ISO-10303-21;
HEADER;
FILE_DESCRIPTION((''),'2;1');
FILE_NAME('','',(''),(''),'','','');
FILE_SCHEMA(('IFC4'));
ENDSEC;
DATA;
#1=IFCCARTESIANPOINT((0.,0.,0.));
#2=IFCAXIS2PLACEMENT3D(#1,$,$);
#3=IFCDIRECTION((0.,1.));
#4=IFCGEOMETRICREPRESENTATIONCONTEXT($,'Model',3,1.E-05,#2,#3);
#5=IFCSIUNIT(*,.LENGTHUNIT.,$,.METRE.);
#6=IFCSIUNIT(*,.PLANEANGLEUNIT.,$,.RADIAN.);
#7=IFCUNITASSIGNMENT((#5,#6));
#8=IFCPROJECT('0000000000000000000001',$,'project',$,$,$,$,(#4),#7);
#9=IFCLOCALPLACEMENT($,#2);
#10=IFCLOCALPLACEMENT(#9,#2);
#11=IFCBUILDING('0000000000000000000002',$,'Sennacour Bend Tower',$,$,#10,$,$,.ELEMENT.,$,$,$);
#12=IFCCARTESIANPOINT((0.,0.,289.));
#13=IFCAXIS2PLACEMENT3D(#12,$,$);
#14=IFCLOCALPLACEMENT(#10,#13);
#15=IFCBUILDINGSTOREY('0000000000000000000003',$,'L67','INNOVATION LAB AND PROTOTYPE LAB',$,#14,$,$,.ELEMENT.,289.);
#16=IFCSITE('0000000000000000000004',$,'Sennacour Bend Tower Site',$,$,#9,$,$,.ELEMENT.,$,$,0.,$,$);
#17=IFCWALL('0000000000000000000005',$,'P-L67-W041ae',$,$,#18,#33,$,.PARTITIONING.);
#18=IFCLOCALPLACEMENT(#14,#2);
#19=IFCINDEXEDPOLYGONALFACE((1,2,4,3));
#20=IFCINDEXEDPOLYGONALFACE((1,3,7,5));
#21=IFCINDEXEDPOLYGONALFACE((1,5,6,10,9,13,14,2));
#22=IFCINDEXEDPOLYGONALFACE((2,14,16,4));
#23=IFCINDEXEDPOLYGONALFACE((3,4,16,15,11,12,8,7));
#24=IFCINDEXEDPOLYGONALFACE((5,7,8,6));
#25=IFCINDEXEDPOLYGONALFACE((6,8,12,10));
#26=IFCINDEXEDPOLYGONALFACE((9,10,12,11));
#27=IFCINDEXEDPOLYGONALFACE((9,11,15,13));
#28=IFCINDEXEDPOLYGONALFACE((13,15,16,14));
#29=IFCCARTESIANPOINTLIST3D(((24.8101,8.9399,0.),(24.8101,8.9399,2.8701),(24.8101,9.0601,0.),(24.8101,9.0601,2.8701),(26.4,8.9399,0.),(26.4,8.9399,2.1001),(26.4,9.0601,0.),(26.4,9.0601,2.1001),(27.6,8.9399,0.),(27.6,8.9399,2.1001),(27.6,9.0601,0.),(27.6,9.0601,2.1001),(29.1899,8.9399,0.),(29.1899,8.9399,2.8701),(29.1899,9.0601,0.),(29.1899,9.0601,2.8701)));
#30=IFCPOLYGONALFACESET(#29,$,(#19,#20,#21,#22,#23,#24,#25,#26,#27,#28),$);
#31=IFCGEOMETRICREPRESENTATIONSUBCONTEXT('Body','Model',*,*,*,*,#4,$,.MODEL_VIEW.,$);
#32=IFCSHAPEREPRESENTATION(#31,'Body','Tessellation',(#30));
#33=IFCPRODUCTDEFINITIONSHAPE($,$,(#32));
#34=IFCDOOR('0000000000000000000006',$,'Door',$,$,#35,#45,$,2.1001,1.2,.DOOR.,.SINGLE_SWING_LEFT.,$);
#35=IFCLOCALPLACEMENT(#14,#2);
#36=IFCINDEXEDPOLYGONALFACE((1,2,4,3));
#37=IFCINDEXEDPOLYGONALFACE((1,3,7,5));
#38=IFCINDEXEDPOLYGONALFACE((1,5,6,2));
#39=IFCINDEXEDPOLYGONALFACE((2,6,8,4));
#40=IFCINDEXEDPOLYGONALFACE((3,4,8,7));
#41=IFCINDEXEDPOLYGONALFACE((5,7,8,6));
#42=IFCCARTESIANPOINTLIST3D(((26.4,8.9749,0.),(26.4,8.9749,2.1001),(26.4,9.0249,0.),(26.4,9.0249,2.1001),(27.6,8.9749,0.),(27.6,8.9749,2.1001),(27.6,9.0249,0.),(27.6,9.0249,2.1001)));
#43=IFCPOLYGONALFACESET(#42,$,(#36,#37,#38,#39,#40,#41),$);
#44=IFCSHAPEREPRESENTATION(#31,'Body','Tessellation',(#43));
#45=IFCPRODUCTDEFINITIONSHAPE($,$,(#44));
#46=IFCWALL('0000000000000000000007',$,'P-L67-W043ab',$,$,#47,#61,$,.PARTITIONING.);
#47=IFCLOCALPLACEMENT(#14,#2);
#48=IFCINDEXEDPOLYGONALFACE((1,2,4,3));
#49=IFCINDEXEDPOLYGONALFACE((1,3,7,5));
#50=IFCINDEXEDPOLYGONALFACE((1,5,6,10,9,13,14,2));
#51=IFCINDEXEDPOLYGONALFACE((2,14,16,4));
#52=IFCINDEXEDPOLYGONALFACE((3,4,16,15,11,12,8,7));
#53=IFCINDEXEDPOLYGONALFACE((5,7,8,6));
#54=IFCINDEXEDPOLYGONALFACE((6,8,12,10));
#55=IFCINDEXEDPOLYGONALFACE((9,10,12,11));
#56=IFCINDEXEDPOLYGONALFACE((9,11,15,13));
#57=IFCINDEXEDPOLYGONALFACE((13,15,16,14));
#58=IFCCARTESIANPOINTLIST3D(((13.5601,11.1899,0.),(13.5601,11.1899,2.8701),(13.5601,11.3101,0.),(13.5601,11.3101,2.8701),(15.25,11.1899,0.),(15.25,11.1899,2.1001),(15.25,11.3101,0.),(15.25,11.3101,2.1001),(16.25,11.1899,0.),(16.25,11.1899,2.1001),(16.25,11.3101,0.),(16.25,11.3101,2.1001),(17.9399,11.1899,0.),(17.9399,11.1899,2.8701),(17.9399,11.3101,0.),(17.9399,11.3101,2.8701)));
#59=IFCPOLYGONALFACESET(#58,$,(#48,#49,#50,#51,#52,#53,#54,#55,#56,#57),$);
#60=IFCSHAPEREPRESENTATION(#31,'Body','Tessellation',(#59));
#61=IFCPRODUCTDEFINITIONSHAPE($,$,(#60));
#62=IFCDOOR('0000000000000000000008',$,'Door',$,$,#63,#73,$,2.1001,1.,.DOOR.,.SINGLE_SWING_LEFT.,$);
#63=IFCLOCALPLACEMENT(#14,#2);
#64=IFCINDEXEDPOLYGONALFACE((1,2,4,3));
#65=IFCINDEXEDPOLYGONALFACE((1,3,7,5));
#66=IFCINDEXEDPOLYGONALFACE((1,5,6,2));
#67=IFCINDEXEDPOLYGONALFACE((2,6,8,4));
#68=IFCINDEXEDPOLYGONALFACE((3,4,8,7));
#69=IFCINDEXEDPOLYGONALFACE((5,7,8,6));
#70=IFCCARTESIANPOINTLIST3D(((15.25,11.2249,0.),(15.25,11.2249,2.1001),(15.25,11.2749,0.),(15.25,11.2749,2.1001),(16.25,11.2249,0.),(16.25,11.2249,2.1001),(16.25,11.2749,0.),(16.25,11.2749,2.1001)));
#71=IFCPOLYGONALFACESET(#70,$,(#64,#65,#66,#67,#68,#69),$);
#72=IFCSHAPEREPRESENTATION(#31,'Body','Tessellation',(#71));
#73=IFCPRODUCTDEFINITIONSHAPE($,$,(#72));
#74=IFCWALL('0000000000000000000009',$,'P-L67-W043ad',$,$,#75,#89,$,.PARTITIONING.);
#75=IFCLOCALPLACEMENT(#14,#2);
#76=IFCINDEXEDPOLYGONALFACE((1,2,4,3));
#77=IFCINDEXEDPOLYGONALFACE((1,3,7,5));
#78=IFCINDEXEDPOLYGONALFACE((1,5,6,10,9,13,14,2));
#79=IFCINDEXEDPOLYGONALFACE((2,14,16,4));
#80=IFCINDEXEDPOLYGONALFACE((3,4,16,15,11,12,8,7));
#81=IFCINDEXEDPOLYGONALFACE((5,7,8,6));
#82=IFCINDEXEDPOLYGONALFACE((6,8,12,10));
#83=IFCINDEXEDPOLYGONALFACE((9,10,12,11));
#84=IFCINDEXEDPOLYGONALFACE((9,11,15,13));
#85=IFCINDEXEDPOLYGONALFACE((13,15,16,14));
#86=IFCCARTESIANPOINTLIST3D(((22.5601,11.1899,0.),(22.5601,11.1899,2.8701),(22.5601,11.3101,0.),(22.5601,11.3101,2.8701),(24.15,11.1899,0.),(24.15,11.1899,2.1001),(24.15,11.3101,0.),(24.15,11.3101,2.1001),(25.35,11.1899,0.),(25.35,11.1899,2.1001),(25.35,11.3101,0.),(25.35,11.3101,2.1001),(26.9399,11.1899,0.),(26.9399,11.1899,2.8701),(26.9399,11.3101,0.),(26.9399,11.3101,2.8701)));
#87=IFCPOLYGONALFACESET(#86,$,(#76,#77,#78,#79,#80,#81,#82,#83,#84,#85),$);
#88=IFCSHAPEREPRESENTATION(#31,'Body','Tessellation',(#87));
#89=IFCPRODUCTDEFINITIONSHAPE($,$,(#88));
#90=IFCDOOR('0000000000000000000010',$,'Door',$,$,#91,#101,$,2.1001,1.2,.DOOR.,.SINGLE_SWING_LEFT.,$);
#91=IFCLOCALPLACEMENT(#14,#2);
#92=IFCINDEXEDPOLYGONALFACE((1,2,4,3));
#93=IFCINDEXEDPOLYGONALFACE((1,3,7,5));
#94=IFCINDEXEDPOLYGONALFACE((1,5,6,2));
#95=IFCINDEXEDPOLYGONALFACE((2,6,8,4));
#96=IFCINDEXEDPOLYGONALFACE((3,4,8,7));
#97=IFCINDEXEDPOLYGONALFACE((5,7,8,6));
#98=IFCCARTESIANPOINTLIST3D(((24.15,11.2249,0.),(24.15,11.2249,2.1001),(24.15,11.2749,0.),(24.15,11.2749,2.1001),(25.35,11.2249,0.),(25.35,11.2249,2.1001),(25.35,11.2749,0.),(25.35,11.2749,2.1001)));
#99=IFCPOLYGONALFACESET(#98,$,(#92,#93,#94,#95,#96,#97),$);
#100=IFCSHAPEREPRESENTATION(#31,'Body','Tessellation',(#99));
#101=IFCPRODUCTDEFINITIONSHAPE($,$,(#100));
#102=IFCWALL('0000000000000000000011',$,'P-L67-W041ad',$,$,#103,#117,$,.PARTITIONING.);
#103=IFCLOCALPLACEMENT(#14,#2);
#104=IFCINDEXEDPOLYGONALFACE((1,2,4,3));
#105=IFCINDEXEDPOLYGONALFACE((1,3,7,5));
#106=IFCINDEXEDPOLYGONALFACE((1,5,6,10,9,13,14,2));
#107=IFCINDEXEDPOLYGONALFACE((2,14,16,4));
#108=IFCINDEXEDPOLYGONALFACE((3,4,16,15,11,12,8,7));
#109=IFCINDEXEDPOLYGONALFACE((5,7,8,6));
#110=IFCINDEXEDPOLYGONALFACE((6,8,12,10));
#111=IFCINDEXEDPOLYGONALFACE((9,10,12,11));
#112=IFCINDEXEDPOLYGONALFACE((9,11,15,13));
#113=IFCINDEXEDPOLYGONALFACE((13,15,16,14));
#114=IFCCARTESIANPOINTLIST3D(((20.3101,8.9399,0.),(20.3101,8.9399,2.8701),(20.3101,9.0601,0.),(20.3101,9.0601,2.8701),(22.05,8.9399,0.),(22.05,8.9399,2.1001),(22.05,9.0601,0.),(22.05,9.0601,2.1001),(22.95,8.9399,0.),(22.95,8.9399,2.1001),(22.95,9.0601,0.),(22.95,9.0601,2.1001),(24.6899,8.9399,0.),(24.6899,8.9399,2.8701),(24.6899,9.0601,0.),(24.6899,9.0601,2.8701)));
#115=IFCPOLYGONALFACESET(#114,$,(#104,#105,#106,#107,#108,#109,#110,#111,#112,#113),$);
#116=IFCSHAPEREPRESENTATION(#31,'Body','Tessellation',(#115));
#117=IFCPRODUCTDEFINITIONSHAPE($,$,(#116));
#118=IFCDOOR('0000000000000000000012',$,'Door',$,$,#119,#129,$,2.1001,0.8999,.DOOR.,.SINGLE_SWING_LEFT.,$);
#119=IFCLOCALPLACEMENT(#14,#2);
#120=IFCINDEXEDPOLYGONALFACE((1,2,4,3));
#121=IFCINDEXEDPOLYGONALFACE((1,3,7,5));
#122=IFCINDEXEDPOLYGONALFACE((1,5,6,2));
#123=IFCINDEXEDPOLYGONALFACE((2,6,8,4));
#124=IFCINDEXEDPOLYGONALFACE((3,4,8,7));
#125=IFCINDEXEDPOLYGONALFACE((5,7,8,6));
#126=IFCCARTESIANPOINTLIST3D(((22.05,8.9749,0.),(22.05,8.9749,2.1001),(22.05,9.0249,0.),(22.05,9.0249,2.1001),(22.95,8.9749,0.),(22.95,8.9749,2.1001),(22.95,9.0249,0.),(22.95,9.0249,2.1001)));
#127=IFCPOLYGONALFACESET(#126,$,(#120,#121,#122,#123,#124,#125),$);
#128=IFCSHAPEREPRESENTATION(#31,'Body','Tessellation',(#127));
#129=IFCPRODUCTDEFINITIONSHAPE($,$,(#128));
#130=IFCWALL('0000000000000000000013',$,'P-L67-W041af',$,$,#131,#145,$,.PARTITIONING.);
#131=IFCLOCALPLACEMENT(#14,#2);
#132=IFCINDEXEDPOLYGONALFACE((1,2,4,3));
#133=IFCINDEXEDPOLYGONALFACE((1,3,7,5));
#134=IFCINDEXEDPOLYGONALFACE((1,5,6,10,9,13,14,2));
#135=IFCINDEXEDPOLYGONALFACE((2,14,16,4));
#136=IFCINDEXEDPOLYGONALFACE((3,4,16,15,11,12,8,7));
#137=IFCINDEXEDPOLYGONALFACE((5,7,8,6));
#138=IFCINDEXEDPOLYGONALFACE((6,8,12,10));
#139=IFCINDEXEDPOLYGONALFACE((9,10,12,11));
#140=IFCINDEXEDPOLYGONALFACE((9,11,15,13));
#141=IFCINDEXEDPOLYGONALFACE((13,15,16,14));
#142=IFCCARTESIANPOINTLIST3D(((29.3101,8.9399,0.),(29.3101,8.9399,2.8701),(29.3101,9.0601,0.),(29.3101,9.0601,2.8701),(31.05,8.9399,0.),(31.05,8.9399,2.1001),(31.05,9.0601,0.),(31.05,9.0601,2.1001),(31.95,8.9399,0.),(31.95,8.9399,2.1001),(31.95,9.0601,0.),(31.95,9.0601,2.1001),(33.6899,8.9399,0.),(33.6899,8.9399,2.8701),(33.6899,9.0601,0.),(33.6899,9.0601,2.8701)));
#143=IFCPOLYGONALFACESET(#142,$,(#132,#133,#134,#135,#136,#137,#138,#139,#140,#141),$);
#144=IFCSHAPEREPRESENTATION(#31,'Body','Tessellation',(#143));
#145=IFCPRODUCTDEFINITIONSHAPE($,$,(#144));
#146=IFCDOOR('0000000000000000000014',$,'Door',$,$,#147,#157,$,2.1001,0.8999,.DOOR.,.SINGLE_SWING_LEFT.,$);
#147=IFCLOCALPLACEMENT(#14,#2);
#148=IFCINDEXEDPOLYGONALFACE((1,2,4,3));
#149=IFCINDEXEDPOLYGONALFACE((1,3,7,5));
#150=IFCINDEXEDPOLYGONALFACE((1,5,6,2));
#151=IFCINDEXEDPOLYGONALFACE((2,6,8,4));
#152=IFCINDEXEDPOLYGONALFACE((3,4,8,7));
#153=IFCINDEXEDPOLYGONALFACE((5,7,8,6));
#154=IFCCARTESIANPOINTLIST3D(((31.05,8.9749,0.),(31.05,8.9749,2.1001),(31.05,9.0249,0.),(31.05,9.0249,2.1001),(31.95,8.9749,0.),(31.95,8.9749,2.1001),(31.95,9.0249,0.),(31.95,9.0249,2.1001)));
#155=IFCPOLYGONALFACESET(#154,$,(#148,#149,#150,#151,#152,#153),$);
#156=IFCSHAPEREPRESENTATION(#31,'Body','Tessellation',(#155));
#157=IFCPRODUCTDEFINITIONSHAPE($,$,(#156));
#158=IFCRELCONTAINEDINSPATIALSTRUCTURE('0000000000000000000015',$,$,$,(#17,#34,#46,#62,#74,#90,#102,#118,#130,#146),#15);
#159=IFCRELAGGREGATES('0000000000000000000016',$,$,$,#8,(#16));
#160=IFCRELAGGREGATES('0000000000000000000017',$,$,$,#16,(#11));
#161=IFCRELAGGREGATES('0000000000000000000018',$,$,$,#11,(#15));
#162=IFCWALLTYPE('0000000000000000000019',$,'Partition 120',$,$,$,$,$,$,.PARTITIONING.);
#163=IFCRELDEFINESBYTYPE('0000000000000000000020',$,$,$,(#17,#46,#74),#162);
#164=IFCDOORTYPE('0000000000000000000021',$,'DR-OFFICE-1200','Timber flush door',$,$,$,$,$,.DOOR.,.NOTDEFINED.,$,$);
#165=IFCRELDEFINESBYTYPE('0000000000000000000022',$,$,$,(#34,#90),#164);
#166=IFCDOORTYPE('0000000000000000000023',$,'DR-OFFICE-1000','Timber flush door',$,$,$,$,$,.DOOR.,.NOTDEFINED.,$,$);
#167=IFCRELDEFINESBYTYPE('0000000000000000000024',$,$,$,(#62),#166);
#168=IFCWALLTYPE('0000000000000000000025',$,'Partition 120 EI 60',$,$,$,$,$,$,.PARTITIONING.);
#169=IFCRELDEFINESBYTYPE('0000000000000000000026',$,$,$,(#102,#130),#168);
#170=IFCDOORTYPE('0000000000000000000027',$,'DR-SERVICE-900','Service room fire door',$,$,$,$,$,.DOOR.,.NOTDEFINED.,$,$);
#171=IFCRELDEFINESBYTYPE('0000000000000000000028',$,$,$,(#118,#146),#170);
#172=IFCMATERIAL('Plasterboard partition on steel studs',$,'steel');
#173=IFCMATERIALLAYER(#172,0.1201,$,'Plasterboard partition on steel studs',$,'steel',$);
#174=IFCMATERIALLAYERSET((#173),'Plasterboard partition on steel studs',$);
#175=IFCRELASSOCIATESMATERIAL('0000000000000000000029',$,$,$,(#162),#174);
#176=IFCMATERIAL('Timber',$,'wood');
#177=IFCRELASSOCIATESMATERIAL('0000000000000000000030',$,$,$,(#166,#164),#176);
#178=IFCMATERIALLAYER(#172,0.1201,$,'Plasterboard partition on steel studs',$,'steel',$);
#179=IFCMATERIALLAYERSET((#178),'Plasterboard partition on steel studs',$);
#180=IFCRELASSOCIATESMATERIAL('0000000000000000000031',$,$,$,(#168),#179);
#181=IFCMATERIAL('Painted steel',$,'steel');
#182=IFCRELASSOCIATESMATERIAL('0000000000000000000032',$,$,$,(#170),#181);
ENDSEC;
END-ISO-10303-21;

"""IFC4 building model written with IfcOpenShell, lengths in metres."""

from ifc_helpers import new_model, si_unit, direction, frame, frame_2d, origin, place, context, subcontext, project, spatial, rectangle, extrude, material, layer, layer_set, type_object, element, fill, save


model = new_model("IFC4")

# Units and contexts
model_context = context("Model", 3, precision=1e-05, world=origin(), true_north=direction((0.0, 1.0)))
body_context = subcontext(model_context, "Body", "Model", "MODEL_VIEW")
ifc_project = project(units=[si_unit("LENGTHUNIT", "METRE"), si_unit("PLANEANGLEUNIT", "RADIAN")], contexts=[model_context])

# Site, building, storey
site_placement = place(None, origin())
site = spatial("IfcSite", under=ifc_project, at=site_placement, Name="Sennacour Bend Tower Site", CompositionType="ELEMENT", RefElevation=0.0)
building_placement = place(site_placement, origin())
building = spatial("IfcBuilding", under=site, at=building_placement, Name="Sennacour Bend Tower", CompositionType="ELEMENT")
storey_placement = place(building_placement, frame((0.0, 0.0, 289.0)))
storey = spatial("IfcBuildingStorey", under=building, at=storey_placement, Name="L67", Description="INNOVATION LAB AND PROTOTYPE LAB", CompositionType="ELEMENT", Elevation=289.0)

# Shared definitions
ifc_material_1 = material(Name="Plasterboard partition on steel studs", Category="steel")
ifc_layer_1 = layer(ifc_material_1, 0.1201, Name="Plasterboard partition on steel studs", Category="steel")
ifc_layer_set_1 = layer_set([ifc_layer_1], Name="Plasterboard partition on steel studs")
wall_type_1 = type_object("IfcWallType", Name="Partition 120", PredefinedType="PARTITIONING", material=ifc_layer_set_1)

# Walls, openings, doors
ifc_material_2 = material(Name="Timber", Category="wood")
door_type_1 = type_object("IfcDoorType", Name="DR-OFFICE-1000", Description="Timber flush door", OperationType="NOTDEFINED", PredefinedType="DOOR", material=ifc_material_2)
wall_1_placement = place(storey_placement, frame((24.8101, 9.0, 0.0), z_axis=(0.0, 0.0, 1.0), x_axis=(1.0, 0.0, 0.0)))
wall_1 = element("IfcWall", 1, at=wall_1_placement, inside=storey, type_object=wall_type_1, Name="P-L67-W041ae", PredefinedType="PARTITIONING", context=body_context, shape_type="SweptSolid", body=[
    extrude(rectangle(XDim=4.3799, YDim=0.1201, at=frame_2d((2.1899, 0.0))), origin(), (0.0, 0.0, 1.0), 2.8701),
])
opening_1_placement = place(wall_1_placement, frame((1.5898, 0.0, 0.0)))
opening_1 = element("IfcOpeningElement", 2, at=opening_1_placement, cuts=wall_1, PredefinedType="OPENING", context=body_context, shape_type="SweptSolid", body=[
    extrude(rectangle(XDim=1.2, YDim=2.1001, at=frame_2d((0.6001, 1.05))), frame((0.0, 0.0701, 0.0), z_axis=(0.0, -1.0, 0.0), x_axis=(1.0, 0.0, 0.0)), (0.0, 0.0, 1.0), 0.1401),
])
door_type_2 = type_object("IfcDoorType", Name="DR-OFFICE-1200", Description="Timber flush door", OperationType="NOTDEFINED", PredefinedType="DOOR", material=ifc_material_2)
door_1_placement = place(opening_1_placement, origin())
door_1 = element("IfcDoor", 3, at=door_1_placement, inside=storey, type_object=door_type_2, Name="Door", OperationType="SINGLE_SWING_LEFT", OverallHeight=2.1001, OverallWidth=1.2, PredefinedType="DOOR", context=body_context, shape_type="SweptSolid", body=[
    extrude(rectangle(XDim=1.2, YDim=2.1001, at=frame_2d((0.6001, 1.05))), frame((0.0, 0.0249, 0.0), z_axis=(0.0, -1.0, 0.0), x_axis=(1.0, 0.0, 0.0)), (0.0, 0.0, 1.0), 0.05),
])
fill(opening_1, door_1)
wall_2_placement = place(storey_placement, frame((13.5601, 11.25, 0.0), z_axis=(0.0, 0.0, 1.0), x_axis=(1.0, 0.0, 0.0)))
wall_2 = element("IfcWall", 4, at=wall_2_placement, inside=storey, type_object=wall_type_1, Name="P-L67-W043ab", PredefinedType="PARTITIONING", context=body_context, shape_type="SweptSolid", body=[
    extrude(rectangle(XDim=4.3799, YDim=0.1201, at=frame_2d((2.1899, 0.0))), origin(), (0.0, 0.0, 1.0), 2.8701),
])
opening_2_placement = place(wall_2_placement, frame((1.6899, 0.0, 0.0)))
opening_2 = element("IfcOpeningElement", 5, at=opening_2_placement, cuts=wall_2, PredefinedType="OPENING", context=body_context, shape_type="SweptSolid", body=[
    extrude(rectangle(XDim=1.0, YDim=2.1001, at=frame_2d((0.5, 1.05))), frame((0.0, 0.0701, 0.0), z_axis=(0.0, -1.0, 0.0), x_axis=(1.0, 0.0, 0.0)), (0.0, 0.0, 1.0), 0.1401),
])
door_2_placement = place(opening_2_placement, origin())
door_2 = element("IfcDoor", 6, at=door_2_placement, inside=storey, type_object=door_type_1, Name="Door", OperationType="SINGLE_SWING_LEFT", OverallHeight=2.1001, OverallWidth=1.0, PredefinedType="DOOR", context=body_context, shape_type="SweptSolid", body=[
    extrude(rectangle(XDim=1.0, YDim=2.1001, at=frame_2d((0.5, 1.05))), frame((0.0, 0.0249, 0.0), z_axis=(0.0, -1.0, 0.0), x_axis=(1.0, 0.0, 0.0)), (0.0, 0.0, 1.0), 0.05),
])
fill(opening_2, door_2)
wall_3_placement = place(storey_placement, frame((22.5601, 11.25, 0.0), z_axis=(0.0, 0.0, 1.0), x_axis=(1.0, 0.0, 0.0)))
wall_3 = element("IfcWall", 7, at=wall_3_placement, inside=storey, type_object=wall_type_1, Name="P-L67-W043ad", PredefinedType="PARTITIONING", context=body_context, shape_type="SweptSolid", body=[
    extrude(rectangle(XDim=4.3799, YDim=0.1201, at=frame_2d((2.1899, 0.0))), origin(), (0.0, 0.0, 1.0), 2.8701),
])
opening_3_placement = place(wall_3_placement, frame((1.5898, 0.0, 0.0)))
opening_3 = element("IfcOpeningElement", 8, at=opening_3_placement, cuts=wall_3, PredefinedType="OPENING", context=body_context, shape_type="SweptSolid", body=[
    extrude(rectangle(XDim=1.2, YDim=2.1001, at=frame_2d((0.6001, 1.05))), frame((0.0, 0.0701, 0.0), z_axis=(0.0, -1.0, 0.0), x_axis=(1.0, 0.0, 0.0)), (0.0, 0.0, 1.0), 0.1401),
])
door_3_placement = place(opening_3_placement, origin())
door_3 = element("IfcDoor", 9, at=door_3_placement, inside=storey, type_object=door_type_2, Name="Door", OperationType="SINGLE_SWING_LEFT", OverallHeight=2.1001, OverallWidth=1.2, PredefinedType="DOOR", context=body_context, shape_type="SweptSolid", body=[
    extrude(rectangle(XDim=1.2, YDim=2.1001, at=frame_2d((0.6001, 1.05))), frame((0.0, 0.0249, 0.0), z_axis=(0.0, -1.0, 0.0), x_axis=(1.0, 0.0, 0.0)), (0.0, 0.0, 1.0), 0.05),
])
fill(opening_3, door_3)
ifc_layer_2 = layer(ifc_material_1, 0.1201, Name="Plasterboard partition on steel studs", Category="steel")
ifc_layer_set_2 = layer_set([ifc_layer_2], Name="Plasterboard partition on steel studs")
wall_type_2 = type_object("IfcWallType", Name="Partition 120 EI 60", PredefinedType="PARTITIONING", material=ifc_layer_set_2)
wall_4_placement = place(storey_placement, frame((20.3101, 9.0, 0.0), z_axis=(0.0, 0.0, 1.0), x_axis=(1.0, 0.0, 0.0)))
wall_4 = element("IfcWall", 10, at=wall_4_placement, inside=storey, type_object=wall_type_2, Name="P-L67-W041ad", PredefinedType="PARTITIONING", context=body_context, shape_type="SweptSolid", body=[
    extrude(rectangle(XDim=4.3799, YDim=0.1201, at=frame_2d((2.1899, 0.0))), origin(), (0.0, 0.0, 1.0), 2.8701),
])
opening_4_placement = place(wall_4_placement, frame((1.74, 0.0, 0.0)))
opening_4 = element("IfcOpeningElement", 11, at=opening_4_placement, cuts=wall_4, PredefinedType="OPENING", context=body_context, shape_type="SweptSolid", body=[
    extrude(rectangle(XDim=0.8999, YDim=2.1001, at=frame_2d((0.45, 1.05))), frame((0.0, 0.0701, 0.0), z_axis=(0.0, -1.0, 0.0), x_axis=(1.0, 0.0, 0.0)), (0.0, 0.0, 1.0), 0.1401),
])
ifc_material_3 = material(Name="Painted steel", Category="steel")
door_type_3 = type_object("IfcDoorType", Name="DR-SERVICE-900", Description="Service room fire door", OperationType="NOTDEFINED", PredefinedType="DOOR", material=ifc_material_3)
door_4_placement = place(opening_4_placement, origin())
door_4 = element("IfcDoor", 12, at=door_4_placement, inside=storey, type_object=door_type_3, Name="Door", OperationType="SINGLE_SWING_LEFT", OverallHeight=2.1001, OverallWidth=0.8999, PredefinedType="DOOR", context=body_context, shape_type="SweptSolid", body=[
    extrude(rectangle(XDim=0.8999, YDim=2.1001, at=frame_2d((0.45, 1.05))), frame((0.0, 0.0249, 0.0), z_axis=(0.0, -1.0, 0.0), x_axis=(1.0, 0.0, 0.0)), (0.0, 0.0, 1.0), 0.05),
])
fill(opening_4, door_4)
wall_5_placement = place(storey_placement, frame((29.3101, 9.0, 0.0), z_axis=(0.0, 0.0, 1.0), x_axis=(1.0, 0.0, 0.0)))
wall_5 = element("IfcWall", 13, at=wall_5_placement, inside=storey, type_object=wall_type_2, Name="P-L67-W041af", PredefinedType="PARTITIONING", context=body_context, shape_type="SweptSolid", body=[
    extrude(rectangle(XDim=4.3799, YDim=0.1201, at=frame_2d((2.1899, 0.0))), origin(), (0.0, 0.0, 1.0), 2.8701),
])
opening_5_placement = place(wall_5_placement, frame((1.74, 0.0, 0.0)))
opening_5 = element("IfcOpeningElement", 14, at=opening_5_placement, cuts=wall_5, PredefinedType="OPENING", context=body_context, shape_type="SweptSolid", body=[
    extrude(rectangle(XDim=0.8999, YDim=2.1001, at=frame_2d((0.45, 1.05))), frame((0.0, 0.0701, 0.0), z_axis=(0.0, -1.0, 0.0), x_axis=(1.0, 0.0, 0.0)), (0.0, 0.0, 1.0), 0.1401),
])
door_5_placement = place(opening_5_placement, origin())
door_5 = element("IfcDoor", 15, at=door_5_placement, inside=storey, type_object=door_type_3, Name="Door", OperationType="SINGLE_SWING_LEFT", OverallHeight=2.1001, OverallWidth=0.8999, PredefinedType="DOOR", context=body_context, shape_type="SweptSolid", body=[
    extrude(rectangle(XDim=0.8999, YDim=2.1001, at=frame_2d((0.45, 1.05))), frame((0.0, 0.0249, 0.0), z_axis=(0.0, -1.0, 0.0), x_axis=(1.0, 0.0, 0.0)), (0.0, 0.0, 1.0), 0.05),
])
fill(opening_5, door_5)

save(model, "model.ifc")
